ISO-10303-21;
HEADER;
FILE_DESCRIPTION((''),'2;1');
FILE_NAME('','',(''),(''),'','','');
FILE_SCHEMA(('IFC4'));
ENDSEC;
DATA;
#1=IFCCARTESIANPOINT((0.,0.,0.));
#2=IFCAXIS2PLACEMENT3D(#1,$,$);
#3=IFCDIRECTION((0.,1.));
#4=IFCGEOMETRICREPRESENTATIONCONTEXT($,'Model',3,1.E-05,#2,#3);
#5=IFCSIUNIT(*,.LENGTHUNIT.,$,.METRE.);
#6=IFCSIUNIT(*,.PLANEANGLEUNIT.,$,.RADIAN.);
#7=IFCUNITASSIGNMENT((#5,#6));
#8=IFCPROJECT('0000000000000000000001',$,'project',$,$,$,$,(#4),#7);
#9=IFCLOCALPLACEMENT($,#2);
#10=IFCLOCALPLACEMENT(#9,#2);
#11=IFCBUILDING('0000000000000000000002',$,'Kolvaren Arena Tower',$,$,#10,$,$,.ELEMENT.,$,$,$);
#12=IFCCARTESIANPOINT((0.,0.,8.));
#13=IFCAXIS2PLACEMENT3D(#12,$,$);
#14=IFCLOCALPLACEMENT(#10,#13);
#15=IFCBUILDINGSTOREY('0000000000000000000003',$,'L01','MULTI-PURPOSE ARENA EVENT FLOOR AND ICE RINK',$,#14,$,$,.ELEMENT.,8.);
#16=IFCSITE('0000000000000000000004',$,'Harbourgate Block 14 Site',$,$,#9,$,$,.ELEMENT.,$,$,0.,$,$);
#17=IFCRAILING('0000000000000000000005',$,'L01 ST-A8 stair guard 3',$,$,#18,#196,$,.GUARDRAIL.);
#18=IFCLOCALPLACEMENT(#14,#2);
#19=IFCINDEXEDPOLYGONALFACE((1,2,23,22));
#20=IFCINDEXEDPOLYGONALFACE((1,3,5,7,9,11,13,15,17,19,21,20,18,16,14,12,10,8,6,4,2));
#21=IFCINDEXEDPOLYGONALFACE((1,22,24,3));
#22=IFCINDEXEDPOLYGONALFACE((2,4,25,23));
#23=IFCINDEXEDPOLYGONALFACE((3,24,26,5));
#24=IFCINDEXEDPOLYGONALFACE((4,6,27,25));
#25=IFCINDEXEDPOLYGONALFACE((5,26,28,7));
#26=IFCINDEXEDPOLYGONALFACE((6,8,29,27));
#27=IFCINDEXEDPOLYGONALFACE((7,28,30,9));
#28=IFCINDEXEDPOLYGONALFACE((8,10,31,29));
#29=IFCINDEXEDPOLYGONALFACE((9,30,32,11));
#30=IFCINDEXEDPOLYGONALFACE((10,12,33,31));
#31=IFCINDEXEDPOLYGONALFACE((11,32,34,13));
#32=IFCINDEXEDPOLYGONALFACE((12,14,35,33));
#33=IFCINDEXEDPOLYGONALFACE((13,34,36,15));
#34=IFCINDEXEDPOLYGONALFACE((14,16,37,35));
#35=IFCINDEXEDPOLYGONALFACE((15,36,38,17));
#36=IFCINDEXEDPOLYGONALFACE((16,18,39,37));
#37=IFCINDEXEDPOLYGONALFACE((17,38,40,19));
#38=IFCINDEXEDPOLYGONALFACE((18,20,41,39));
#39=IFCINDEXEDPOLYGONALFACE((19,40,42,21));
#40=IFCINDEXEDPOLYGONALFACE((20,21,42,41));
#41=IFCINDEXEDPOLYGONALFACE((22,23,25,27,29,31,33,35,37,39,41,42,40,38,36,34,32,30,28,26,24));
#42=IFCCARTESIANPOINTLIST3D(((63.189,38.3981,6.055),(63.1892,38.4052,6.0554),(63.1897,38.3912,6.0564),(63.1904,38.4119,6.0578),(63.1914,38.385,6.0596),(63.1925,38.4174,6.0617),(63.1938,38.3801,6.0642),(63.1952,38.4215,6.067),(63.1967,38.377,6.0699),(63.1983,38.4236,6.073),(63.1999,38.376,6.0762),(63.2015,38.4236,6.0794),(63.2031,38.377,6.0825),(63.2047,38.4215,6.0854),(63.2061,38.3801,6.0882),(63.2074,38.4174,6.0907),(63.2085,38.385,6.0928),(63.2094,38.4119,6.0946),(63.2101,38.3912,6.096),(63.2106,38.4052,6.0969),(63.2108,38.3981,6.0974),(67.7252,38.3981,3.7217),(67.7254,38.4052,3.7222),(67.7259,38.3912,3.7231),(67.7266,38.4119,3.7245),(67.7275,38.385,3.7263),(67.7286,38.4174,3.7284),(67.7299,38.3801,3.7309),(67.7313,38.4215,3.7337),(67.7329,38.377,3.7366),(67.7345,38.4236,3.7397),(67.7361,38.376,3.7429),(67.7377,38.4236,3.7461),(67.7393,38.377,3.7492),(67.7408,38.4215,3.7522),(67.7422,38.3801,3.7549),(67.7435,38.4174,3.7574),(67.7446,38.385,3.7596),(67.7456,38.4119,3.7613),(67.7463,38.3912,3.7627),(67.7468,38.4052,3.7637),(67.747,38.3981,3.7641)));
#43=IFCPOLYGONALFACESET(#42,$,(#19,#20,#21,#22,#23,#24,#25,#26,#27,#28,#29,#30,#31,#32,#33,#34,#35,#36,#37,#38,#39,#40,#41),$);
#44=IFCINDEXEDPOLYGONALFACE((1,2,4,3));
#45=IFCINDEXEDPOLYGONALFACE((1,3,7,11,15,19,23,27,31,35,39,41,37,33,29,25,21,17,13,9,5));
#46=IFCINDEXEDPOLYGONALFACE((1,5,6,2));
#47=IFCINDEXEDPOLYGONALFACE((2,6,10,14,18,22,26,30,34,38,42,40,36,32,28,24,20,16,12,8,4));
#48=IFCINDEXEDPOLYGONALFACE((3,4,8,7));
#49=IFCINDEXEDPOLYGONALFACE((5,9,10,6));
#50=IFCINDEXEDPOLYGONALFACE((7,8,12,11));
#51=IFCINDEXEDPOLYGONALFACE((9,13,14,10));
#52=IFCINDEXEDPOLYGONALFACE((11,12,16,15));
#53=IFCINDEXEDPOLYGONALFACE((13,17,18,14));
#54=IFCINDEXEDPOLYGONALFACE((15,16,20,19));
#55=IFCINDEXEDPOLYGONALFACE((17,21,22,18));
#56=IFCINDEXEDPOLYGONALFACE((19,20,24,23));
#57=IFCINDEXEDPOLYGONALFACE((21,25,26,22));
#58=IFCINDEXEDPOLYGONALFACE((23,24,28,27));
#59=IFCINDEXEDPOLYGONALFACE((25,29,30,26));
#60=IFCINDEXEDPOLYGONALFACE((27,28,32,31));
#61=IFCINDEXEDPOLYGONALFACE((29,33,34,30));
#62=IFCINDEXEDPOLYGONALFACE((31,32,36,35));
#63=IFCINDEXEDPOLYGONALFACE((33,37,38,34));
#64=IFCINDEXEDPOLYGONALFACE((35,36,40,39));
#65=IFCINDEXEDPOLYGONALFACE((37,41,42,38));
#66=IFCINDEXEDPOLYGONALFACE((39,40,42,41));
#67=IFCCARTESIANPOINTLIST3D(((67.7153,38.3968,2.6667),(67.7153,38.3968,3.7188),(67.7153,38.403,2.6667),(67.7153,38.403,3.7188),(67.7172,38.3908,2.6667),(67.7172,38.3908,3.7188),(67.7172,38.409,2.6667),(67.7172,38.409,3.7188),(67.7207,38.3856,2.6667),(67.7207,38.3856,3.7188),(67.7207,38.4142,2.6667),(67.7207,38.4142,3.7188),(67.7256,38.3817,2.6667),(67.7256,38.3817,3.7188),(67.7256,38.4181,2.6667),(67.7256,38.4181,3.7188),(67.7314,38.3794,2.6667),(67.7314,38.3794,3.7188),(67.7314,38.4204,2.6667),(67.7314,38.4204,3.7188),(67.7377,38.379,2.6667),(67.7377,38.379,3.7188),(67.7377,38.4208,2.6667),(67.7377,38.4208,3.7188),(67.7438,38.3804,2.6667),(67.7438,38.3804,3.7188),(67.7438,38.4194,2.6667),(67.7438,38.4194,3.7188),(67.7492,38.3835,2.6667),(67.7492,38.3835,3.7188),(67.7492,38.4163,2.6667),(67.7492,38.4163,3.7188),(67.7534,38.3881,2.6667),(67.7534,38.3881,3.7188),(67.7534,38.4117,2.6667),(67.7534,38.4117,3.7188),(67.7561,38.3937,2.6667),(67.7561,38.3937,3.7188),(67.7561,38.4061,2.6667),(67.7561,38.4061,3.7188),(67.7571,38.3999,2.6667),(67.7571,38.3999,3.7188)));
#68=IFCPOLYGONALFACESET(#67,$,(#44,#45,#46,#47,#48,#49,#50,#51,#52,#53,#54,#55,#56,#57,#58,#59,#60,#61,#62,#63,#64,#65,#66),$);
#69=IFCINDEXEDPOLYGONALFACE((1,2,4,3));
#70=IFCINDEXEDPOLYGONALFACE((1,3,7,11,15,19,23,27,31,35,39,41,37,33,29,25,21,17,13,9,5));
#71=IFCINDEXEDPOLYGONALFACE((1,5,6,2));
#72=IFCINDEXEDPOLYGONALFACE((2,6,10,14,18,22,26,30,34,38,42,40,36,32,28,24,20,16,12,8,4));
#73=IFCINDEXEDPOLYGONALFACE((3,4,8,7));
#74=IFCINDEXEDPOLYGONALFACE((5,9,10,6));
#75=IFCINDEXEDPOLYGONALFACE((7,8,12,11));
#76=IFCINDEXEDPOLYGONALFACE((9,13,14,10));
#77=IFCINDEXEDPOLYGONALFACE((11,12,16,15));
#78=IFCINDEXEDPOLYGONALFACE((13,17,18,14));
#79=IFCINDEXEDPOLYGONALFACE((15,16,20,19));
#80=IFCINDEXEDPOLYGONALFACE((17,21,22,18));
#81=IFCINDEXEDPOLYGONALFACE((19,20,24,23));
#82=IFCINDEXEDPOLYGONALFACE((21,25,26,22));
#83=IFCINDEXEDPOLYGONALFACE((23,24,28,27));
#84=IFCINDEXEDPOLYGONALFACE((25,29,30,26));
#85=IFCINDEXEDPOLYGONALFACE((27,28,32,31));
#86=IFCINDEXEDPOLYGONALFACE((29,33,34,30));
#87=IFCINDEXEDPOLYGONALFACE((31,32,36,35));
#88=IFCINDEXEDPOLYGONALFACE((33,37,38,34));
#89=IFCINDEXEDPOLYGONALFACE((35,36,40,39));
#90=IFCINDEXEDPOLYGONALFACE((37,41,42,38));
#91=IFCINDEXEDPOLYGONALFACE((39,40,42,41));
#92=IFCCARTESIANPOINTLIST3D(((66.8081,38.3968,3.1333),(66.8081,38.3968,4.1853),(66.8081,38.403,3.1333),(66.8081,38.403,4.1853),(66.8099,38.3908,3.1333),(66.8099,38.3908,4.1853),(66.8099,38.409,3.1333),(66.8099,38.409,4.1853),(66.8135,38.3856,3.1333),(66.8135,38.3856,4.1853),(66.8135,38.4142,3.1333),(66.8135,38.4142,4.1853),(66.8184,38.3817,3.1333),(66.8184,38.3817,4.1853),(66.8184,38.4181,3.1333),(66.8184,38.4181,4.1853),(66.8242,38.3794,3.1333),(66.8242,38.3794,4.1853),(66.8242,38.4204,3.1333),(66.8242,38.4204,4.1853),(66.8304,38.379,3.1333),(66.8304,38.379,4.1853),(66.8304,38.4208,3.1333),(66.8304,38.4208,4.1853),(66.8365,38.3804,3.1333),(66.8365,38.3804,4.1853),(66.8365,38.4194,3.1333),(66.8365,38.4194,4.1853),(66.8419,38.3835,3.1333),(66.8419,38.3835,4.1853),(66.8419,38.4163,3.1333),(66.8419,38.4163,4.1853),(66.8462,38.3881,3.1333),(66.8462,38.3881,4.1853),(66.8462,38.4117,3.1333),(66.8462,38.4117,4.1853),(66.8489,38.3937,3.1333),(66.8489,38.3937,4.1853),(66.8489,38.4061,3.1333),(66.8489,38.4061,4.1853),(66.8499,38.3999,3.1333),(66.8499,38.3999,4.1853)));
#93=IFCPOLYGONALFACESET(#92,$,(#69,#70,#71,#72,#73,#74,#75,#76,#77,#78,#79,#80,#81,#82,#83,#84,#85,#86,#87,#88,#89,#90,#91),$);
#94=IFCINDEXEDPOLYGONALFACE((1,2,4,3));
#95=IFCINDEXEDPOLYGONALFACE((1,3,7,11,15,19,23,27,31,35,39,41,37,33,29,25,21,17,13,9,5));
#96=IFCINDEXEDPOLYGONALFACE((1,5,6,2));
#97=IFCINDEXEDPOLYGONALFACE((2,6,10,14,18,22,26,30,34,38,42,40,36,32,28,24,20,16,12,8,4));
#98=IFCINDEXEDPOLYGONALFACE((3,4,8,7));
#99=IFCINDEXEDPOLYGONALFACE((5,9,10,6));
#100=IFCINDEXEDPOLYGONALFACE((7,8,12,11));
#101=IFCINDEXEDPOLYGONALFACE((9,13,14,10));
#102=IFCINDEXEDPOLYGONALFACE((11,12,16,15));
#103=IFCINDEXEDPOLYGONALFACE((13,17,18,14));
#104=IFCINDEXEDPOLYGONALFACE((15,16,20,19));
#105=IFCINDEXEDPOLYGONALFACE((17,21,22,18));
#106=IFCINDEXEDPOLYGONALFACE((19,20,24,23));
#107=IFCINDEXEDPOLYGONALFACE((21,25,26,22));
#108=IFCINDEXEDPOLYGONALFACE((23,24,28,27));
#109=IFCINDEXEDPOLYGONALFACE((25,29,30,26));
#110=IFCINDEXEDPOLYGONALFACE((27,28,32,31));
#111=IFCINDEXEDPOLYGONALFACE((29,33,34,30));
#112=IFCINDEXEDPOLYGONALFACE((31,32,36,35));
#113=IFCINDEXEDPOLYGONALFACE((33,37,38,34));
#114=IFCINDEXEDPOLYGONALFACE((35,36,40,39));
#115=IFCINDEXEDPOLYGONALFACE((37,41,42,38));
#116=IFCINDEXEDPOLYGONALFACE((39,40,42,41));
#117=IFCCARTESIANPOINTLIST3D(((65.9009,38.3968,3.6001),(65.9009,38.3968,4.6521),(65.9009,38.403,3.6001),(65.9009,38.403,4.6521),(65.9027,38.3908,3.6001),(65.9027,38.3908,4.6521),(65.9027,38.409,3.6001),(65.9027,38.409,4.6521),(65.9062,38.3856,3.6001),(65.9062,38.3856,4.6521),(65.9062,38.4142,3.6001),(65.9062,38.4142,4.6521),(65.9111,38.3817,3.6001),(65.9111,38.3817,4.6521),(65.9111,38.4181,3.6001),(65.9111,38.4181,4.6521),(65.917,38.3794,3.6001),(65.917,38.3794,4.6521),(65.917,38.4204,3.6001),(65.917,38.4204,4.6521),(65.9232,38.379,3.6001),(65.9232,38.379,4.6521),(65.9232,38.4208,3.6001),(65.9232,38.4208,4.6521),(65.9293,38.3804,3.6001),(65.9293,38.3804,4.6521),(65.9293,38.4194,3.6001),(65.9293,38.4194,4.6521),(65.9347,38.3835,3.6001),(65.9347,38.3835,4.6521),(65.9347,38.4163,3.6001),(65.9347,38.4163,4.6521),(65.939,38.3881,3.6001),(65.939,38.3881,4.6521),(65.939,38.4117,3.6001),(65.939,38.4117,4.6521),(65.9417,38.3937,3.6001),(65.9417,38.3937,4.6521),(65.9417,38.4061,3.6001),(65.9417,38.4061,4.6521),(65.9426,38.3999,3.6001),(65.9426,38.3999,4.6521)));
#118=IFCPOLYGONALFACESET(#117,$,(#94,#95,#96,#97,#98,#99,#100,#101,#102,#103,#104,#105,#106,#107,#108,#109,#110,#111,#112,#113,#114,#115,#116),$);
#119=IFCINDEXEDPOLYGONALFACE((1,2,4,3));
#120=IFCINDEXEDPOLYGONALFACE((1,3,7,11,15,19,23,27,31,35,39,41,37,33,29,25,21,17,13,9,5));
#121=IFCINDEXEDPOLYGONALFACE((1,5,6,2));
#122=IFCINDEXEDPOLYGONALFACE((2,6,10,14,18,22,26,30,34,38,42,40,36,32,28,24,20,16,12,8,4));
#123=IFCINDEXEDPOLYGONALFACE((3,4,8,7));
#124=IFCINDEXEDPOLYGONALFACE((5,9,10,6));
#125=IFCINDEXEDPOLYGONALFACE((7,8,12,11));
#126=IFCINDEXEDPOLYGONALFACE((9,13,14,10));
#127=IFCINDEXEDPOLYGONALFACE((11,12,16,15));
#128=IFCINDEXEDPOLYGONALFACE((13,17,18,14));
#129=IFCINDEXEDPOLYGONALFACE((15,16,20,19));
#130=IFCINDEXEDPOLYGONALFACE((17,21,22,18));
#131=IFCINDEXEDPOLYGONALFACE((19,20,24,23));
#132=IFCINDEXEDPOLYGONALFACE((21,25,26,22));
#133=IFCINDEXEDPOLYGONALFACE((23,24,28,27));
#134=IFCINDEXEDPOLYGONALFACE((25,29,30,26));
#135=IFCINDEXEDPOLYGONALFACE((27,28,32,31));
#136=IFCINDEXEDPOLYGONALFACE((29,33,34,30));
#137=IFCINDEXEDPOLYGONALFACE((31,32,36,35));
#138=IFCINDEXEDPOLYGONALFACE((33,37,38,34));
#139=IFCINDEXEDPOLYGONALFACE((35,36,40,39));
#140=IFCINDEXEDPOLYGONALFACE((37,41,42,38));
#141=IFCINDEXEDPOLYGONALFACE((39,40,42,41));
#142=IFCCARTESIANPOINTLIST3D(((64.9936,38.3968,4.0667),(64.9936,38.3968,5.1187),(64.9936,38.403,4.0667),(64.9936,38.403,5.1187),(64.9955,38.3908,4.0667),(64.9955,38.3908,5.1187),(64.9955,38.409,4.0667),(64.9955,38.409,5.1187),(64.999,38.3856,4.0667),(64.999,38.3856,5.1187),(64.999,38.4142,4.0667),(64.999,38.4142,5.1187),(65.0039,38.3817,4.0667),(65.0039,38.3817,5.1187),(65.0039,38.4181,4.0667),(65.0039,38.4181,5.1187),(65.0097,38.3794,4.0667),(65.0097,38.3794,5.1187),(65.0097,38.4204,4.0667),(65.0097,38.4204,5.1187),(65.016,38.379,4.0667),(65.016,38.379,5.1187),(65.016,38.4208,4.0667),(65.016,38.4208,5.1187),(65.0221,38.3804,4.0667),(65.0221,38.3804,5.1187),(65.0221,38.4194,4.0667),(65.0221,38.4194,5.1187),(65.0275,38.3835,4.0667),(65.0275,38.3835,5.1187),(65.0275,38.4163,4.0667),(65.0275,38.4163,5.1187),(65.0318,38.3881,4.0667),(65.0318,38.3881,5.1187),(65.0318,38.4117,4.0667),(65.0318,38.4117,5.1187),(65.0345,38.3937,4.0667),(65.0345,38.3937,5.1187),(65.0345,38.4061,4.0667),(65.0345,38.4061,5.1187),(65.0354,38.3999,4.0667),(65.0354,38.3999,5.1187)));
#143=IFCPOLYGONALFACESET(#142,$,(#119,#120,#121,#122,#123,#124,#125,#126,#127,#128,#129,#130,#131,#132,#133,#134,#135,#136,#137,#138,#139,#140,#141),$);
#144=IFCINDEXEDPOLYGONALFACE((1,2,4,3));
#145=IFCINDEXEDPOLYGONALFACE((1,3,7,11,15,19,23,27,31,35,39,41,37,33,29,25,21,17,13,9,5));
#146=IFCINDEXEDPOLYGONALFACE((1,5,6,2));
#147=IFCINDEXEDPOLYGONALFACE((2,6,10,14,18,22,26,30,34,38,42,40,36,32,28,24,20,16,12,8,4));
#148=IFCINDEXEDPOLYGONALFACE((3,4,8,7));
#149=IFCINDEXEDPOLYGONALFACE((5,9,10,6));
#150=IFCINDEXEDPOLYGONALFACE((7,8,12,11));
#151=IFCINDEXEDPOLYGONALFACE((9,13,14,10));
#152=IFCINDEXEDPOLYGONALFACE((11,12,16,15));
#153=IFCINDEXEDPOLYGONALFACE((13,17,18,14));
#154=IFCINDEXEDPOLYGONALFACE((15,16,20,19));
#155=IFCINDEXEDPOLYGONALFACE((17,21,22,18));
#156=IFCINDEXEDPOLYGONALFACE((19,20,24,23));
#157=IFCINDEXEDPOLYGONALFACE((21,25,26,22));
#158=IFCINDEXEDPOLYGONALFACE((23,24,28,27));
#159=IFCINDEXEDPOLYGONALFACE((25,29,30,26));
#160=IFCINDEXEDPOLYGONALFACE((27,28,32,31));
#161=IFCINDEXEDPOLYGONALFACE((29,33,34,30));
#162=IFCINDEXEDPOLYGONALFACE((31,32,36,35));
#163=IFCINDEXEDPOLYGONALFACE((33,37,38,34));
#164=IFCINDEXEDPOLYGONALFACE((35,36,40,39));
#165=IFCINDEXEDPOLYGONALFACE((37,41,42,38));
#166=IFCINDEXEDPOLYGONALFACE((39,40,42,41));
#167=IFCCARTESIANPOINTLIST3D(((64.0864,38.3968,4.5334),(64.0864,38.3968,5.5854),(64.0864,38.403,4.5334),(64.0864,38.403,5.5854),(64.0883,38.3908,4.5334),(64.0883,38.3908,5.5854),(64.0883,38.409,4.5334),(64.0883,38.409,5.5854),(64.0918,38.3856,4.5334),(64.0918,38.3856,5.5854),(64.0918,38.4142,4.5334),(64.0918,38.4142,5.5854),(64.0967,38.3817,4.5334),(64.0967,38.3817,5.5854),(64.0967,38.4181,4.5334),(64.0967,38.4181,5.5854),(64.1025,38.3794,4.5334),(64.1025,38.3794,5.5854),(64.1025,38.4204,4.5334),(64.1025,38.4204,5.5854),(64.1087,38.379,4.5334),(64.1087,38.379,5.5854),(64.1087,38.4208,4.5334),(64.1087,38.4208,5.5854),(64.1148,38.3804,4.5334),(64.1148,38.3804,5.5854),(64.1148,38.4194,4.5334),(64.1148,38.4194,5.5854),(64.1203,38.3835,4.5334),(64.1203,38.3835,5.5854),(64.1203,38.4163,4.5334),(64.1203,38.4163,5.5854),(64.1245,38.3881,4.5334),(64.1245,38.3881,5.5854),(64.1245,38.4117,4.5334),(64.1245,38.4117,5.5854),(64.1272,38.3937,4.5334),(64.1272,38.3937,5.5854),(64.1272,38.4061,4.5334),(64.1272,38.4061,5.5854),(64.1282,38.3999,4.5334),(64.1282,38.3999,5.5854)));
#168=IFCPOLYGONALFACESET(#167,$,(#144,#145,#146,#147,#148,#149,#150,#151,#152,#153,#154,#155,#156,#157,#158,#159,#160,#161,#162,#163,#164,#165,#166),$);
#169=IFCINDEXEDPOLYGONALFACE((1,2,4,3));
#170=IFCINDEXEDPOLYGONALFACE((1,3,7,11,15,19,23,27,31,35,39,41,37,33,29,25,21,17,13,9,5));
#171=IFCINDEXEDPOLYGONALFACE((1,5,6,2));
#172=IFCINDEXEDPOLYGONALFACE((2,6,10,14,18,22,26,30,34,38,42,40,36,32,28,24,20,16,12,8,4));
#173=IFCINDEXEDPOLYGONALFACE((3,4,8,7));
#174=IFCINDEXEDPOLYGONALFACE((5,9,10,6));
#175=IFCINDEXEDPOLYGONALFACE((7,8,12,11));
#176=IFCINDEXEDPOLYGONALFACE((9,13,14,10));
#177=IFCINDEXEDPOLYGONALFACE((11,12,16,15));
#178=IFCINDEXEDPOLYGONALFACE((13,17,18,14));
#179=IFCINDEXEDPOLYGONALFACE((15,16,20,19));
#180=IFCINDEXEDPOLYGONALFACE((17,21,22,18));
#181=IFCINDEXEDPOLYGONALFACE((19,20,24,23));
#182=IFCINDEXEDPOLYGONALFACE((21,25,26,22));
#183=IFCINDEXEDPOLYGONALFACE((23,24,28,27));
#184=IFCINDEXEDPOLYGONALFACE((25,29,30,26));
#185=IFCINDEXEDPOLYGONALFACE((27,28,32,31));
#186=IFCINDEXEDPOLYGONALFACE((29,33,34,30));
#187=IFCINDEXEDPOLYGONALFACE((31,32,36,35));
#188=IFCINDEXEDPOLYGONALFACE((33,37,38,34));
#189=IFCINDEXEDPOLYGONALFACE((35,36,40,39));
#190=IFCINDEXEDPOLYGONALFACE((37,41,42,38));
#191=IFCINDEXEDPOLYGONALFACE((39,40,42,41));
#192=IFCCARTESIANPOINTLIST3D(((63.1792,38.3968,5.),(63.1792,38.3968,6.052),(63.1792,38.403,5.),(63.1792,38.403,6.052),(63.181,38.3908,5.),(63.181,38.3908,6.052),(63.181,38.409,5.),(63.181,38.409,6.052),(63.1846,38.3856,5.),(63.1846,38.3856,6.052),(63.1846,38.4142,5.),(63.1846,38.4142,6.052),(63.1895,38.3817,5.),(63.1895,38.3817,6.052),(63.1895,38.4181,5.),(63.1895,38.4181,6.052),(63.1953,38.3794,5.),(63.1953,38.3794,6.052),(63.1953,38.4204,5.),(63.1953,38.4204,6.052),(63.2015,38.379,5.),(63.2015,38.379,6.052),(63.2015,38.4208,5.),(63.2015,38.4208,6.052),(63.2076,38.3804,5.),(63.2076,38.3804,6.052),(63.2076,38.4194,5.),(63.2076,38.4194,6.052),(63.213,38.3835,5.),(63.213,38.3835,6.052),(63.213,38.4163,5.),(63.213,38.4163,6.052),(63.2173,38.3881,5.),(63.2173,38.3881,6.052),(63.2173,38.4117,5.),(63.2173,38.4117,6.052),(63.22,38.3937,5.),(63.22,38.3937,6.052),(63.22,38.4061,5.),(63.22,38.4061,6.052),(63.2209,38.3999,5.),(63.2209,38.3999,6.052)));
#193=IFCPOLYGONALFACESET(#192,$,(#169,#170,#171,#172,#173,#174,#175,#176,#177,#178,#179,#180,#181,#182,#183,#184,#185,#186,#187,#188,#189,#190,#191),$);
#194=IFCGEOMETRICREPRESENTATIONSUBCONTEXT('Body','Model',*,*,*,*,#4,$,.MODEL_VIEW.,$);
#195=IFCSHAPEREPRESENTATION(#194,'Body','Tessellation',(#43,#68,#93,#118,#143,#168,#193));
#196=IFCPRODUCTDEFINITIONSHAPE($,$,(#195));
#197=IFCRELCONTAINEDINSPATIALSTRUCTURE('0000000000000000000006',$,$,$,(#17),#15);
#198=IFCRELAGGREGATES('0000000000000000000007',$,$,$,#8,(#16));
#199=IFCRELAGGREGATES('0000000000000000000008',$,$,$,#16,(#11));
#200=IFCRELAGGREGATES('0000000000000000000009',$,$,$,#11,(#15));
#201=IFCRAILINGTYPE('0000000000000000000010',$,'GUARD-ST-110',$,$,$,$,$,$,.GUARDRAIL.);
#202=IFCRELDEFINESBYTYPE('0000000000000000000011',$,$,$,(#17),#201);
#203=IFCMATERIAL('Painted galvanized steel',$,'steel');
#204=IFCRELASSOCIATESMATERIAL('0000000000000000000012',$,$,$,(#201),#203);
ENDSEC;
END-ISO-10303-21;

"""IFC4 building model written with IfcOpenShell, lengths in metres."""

from ifc_helpers import new_model, si_unit, direction, frame, origin, origin_2d, place, context, subcontext, project, spatial, circle, extrude, material, type_object, element, save


model = new_model("IFC4")

# Units and contexts
model_context = context("Model", 3, precision=1e-05, world=origin(), true_north=direction((0.0, 1.0)))
body_context = subcontext(model_context, "Body", "Model", "MODEL_VIEW")
ifc_project = project(units=[si_unit("LENGTHUNIT", "METRE"), si_unit("PLANEANGLEUNIT", "RADIAN")], contexts=[model_context])

# Site, building, storey
site_placement = place(None, origin())
site = spatial("IfcSite", under=ifc_project, at=site_placement, Name="Harbourgate Block 14 Site", CompositionType="ELEMENT", RefElevation=0.0)
building_placement = place(site_placement, origin())
building = spatial("IfcBuilding", under=site, at=building_placement, Name="Kolvaren Arena Tower", CompositionType="ELEMENT")
storey_placement = place(building_placement, frame((0.0, 0.0, 8.0)))
storey = spatial("IfcBuildingStorey", under=building, at=storey_placement, Name="L01", Description="MULTI-PURPOSE ARENA EVENT FLOOR AND ICE RINK", CompositionType="ELEMENT", Elevation=8.0)

# Railing
ifc_material_1 = material(Name="Painted galvanized steel", Category="steel")
railing_type_1 = type_object("IfcRailingType", Name="GUARD-ST-110", PredefinedType="GUARDRAIL", material=ifc_material_1)
railing_1_placement = place(storey_placement, frame((67.7361, 38.3999, 2.6667)))
element("IfcRailing", 1, at=railing_1_placement, inside=storey, type_object=railing_type_1, Name="L01 ST-A8 stair guard 3", PredefinedType="GUARDRAIL", context=body_context, shape_type="SweptSolid", body=[
    extrude(circle(Radius=0.0239, at=origin_2d()), frame((0.0, 0.0, 1.0762), z_axis=(-0.889257, 0.0, 0.457407), x_axis=(0.0, -1.0, 0.0)), (0.0, 0.0, 1.0), 5.1011),
    extrude(circle(Radius=0.021, at=origin_2d()), origin(), (0.0, 0.0, 1.0), 1.052),
    extrude(circle(Radius=0.021, at=origin_2d()), frame((-0.9072, 0.0, 0.4666)), (0.0, 0.0, 1.0), 1.052),
    extrude(circle(Radius=0.021, at=origin_2d()), frame((-1.8145, 0.0, 0.9333)), (0.0, 0.0, 1.0), 1.052),
    extrude(circle(Radius=0.021, at=origin_2d()), frame((-2.7217, 0.0, 1.3999)), (0.0, 0.0, 1.0), 1.052),
    extrude(circle(Radius=0.021, at=origin_2d()), frame((-3.6289, 0.0, 1.8667)), (0.0, 0.0, 1.0), 1.052),
    extrude(circle(Radius=0.021, at=origin_2d()), frame((-4.5361, 0.0, 2.3333)), (0.0, 0.0, 1.0), 1.052),
])

save(model, "model.ifc")
